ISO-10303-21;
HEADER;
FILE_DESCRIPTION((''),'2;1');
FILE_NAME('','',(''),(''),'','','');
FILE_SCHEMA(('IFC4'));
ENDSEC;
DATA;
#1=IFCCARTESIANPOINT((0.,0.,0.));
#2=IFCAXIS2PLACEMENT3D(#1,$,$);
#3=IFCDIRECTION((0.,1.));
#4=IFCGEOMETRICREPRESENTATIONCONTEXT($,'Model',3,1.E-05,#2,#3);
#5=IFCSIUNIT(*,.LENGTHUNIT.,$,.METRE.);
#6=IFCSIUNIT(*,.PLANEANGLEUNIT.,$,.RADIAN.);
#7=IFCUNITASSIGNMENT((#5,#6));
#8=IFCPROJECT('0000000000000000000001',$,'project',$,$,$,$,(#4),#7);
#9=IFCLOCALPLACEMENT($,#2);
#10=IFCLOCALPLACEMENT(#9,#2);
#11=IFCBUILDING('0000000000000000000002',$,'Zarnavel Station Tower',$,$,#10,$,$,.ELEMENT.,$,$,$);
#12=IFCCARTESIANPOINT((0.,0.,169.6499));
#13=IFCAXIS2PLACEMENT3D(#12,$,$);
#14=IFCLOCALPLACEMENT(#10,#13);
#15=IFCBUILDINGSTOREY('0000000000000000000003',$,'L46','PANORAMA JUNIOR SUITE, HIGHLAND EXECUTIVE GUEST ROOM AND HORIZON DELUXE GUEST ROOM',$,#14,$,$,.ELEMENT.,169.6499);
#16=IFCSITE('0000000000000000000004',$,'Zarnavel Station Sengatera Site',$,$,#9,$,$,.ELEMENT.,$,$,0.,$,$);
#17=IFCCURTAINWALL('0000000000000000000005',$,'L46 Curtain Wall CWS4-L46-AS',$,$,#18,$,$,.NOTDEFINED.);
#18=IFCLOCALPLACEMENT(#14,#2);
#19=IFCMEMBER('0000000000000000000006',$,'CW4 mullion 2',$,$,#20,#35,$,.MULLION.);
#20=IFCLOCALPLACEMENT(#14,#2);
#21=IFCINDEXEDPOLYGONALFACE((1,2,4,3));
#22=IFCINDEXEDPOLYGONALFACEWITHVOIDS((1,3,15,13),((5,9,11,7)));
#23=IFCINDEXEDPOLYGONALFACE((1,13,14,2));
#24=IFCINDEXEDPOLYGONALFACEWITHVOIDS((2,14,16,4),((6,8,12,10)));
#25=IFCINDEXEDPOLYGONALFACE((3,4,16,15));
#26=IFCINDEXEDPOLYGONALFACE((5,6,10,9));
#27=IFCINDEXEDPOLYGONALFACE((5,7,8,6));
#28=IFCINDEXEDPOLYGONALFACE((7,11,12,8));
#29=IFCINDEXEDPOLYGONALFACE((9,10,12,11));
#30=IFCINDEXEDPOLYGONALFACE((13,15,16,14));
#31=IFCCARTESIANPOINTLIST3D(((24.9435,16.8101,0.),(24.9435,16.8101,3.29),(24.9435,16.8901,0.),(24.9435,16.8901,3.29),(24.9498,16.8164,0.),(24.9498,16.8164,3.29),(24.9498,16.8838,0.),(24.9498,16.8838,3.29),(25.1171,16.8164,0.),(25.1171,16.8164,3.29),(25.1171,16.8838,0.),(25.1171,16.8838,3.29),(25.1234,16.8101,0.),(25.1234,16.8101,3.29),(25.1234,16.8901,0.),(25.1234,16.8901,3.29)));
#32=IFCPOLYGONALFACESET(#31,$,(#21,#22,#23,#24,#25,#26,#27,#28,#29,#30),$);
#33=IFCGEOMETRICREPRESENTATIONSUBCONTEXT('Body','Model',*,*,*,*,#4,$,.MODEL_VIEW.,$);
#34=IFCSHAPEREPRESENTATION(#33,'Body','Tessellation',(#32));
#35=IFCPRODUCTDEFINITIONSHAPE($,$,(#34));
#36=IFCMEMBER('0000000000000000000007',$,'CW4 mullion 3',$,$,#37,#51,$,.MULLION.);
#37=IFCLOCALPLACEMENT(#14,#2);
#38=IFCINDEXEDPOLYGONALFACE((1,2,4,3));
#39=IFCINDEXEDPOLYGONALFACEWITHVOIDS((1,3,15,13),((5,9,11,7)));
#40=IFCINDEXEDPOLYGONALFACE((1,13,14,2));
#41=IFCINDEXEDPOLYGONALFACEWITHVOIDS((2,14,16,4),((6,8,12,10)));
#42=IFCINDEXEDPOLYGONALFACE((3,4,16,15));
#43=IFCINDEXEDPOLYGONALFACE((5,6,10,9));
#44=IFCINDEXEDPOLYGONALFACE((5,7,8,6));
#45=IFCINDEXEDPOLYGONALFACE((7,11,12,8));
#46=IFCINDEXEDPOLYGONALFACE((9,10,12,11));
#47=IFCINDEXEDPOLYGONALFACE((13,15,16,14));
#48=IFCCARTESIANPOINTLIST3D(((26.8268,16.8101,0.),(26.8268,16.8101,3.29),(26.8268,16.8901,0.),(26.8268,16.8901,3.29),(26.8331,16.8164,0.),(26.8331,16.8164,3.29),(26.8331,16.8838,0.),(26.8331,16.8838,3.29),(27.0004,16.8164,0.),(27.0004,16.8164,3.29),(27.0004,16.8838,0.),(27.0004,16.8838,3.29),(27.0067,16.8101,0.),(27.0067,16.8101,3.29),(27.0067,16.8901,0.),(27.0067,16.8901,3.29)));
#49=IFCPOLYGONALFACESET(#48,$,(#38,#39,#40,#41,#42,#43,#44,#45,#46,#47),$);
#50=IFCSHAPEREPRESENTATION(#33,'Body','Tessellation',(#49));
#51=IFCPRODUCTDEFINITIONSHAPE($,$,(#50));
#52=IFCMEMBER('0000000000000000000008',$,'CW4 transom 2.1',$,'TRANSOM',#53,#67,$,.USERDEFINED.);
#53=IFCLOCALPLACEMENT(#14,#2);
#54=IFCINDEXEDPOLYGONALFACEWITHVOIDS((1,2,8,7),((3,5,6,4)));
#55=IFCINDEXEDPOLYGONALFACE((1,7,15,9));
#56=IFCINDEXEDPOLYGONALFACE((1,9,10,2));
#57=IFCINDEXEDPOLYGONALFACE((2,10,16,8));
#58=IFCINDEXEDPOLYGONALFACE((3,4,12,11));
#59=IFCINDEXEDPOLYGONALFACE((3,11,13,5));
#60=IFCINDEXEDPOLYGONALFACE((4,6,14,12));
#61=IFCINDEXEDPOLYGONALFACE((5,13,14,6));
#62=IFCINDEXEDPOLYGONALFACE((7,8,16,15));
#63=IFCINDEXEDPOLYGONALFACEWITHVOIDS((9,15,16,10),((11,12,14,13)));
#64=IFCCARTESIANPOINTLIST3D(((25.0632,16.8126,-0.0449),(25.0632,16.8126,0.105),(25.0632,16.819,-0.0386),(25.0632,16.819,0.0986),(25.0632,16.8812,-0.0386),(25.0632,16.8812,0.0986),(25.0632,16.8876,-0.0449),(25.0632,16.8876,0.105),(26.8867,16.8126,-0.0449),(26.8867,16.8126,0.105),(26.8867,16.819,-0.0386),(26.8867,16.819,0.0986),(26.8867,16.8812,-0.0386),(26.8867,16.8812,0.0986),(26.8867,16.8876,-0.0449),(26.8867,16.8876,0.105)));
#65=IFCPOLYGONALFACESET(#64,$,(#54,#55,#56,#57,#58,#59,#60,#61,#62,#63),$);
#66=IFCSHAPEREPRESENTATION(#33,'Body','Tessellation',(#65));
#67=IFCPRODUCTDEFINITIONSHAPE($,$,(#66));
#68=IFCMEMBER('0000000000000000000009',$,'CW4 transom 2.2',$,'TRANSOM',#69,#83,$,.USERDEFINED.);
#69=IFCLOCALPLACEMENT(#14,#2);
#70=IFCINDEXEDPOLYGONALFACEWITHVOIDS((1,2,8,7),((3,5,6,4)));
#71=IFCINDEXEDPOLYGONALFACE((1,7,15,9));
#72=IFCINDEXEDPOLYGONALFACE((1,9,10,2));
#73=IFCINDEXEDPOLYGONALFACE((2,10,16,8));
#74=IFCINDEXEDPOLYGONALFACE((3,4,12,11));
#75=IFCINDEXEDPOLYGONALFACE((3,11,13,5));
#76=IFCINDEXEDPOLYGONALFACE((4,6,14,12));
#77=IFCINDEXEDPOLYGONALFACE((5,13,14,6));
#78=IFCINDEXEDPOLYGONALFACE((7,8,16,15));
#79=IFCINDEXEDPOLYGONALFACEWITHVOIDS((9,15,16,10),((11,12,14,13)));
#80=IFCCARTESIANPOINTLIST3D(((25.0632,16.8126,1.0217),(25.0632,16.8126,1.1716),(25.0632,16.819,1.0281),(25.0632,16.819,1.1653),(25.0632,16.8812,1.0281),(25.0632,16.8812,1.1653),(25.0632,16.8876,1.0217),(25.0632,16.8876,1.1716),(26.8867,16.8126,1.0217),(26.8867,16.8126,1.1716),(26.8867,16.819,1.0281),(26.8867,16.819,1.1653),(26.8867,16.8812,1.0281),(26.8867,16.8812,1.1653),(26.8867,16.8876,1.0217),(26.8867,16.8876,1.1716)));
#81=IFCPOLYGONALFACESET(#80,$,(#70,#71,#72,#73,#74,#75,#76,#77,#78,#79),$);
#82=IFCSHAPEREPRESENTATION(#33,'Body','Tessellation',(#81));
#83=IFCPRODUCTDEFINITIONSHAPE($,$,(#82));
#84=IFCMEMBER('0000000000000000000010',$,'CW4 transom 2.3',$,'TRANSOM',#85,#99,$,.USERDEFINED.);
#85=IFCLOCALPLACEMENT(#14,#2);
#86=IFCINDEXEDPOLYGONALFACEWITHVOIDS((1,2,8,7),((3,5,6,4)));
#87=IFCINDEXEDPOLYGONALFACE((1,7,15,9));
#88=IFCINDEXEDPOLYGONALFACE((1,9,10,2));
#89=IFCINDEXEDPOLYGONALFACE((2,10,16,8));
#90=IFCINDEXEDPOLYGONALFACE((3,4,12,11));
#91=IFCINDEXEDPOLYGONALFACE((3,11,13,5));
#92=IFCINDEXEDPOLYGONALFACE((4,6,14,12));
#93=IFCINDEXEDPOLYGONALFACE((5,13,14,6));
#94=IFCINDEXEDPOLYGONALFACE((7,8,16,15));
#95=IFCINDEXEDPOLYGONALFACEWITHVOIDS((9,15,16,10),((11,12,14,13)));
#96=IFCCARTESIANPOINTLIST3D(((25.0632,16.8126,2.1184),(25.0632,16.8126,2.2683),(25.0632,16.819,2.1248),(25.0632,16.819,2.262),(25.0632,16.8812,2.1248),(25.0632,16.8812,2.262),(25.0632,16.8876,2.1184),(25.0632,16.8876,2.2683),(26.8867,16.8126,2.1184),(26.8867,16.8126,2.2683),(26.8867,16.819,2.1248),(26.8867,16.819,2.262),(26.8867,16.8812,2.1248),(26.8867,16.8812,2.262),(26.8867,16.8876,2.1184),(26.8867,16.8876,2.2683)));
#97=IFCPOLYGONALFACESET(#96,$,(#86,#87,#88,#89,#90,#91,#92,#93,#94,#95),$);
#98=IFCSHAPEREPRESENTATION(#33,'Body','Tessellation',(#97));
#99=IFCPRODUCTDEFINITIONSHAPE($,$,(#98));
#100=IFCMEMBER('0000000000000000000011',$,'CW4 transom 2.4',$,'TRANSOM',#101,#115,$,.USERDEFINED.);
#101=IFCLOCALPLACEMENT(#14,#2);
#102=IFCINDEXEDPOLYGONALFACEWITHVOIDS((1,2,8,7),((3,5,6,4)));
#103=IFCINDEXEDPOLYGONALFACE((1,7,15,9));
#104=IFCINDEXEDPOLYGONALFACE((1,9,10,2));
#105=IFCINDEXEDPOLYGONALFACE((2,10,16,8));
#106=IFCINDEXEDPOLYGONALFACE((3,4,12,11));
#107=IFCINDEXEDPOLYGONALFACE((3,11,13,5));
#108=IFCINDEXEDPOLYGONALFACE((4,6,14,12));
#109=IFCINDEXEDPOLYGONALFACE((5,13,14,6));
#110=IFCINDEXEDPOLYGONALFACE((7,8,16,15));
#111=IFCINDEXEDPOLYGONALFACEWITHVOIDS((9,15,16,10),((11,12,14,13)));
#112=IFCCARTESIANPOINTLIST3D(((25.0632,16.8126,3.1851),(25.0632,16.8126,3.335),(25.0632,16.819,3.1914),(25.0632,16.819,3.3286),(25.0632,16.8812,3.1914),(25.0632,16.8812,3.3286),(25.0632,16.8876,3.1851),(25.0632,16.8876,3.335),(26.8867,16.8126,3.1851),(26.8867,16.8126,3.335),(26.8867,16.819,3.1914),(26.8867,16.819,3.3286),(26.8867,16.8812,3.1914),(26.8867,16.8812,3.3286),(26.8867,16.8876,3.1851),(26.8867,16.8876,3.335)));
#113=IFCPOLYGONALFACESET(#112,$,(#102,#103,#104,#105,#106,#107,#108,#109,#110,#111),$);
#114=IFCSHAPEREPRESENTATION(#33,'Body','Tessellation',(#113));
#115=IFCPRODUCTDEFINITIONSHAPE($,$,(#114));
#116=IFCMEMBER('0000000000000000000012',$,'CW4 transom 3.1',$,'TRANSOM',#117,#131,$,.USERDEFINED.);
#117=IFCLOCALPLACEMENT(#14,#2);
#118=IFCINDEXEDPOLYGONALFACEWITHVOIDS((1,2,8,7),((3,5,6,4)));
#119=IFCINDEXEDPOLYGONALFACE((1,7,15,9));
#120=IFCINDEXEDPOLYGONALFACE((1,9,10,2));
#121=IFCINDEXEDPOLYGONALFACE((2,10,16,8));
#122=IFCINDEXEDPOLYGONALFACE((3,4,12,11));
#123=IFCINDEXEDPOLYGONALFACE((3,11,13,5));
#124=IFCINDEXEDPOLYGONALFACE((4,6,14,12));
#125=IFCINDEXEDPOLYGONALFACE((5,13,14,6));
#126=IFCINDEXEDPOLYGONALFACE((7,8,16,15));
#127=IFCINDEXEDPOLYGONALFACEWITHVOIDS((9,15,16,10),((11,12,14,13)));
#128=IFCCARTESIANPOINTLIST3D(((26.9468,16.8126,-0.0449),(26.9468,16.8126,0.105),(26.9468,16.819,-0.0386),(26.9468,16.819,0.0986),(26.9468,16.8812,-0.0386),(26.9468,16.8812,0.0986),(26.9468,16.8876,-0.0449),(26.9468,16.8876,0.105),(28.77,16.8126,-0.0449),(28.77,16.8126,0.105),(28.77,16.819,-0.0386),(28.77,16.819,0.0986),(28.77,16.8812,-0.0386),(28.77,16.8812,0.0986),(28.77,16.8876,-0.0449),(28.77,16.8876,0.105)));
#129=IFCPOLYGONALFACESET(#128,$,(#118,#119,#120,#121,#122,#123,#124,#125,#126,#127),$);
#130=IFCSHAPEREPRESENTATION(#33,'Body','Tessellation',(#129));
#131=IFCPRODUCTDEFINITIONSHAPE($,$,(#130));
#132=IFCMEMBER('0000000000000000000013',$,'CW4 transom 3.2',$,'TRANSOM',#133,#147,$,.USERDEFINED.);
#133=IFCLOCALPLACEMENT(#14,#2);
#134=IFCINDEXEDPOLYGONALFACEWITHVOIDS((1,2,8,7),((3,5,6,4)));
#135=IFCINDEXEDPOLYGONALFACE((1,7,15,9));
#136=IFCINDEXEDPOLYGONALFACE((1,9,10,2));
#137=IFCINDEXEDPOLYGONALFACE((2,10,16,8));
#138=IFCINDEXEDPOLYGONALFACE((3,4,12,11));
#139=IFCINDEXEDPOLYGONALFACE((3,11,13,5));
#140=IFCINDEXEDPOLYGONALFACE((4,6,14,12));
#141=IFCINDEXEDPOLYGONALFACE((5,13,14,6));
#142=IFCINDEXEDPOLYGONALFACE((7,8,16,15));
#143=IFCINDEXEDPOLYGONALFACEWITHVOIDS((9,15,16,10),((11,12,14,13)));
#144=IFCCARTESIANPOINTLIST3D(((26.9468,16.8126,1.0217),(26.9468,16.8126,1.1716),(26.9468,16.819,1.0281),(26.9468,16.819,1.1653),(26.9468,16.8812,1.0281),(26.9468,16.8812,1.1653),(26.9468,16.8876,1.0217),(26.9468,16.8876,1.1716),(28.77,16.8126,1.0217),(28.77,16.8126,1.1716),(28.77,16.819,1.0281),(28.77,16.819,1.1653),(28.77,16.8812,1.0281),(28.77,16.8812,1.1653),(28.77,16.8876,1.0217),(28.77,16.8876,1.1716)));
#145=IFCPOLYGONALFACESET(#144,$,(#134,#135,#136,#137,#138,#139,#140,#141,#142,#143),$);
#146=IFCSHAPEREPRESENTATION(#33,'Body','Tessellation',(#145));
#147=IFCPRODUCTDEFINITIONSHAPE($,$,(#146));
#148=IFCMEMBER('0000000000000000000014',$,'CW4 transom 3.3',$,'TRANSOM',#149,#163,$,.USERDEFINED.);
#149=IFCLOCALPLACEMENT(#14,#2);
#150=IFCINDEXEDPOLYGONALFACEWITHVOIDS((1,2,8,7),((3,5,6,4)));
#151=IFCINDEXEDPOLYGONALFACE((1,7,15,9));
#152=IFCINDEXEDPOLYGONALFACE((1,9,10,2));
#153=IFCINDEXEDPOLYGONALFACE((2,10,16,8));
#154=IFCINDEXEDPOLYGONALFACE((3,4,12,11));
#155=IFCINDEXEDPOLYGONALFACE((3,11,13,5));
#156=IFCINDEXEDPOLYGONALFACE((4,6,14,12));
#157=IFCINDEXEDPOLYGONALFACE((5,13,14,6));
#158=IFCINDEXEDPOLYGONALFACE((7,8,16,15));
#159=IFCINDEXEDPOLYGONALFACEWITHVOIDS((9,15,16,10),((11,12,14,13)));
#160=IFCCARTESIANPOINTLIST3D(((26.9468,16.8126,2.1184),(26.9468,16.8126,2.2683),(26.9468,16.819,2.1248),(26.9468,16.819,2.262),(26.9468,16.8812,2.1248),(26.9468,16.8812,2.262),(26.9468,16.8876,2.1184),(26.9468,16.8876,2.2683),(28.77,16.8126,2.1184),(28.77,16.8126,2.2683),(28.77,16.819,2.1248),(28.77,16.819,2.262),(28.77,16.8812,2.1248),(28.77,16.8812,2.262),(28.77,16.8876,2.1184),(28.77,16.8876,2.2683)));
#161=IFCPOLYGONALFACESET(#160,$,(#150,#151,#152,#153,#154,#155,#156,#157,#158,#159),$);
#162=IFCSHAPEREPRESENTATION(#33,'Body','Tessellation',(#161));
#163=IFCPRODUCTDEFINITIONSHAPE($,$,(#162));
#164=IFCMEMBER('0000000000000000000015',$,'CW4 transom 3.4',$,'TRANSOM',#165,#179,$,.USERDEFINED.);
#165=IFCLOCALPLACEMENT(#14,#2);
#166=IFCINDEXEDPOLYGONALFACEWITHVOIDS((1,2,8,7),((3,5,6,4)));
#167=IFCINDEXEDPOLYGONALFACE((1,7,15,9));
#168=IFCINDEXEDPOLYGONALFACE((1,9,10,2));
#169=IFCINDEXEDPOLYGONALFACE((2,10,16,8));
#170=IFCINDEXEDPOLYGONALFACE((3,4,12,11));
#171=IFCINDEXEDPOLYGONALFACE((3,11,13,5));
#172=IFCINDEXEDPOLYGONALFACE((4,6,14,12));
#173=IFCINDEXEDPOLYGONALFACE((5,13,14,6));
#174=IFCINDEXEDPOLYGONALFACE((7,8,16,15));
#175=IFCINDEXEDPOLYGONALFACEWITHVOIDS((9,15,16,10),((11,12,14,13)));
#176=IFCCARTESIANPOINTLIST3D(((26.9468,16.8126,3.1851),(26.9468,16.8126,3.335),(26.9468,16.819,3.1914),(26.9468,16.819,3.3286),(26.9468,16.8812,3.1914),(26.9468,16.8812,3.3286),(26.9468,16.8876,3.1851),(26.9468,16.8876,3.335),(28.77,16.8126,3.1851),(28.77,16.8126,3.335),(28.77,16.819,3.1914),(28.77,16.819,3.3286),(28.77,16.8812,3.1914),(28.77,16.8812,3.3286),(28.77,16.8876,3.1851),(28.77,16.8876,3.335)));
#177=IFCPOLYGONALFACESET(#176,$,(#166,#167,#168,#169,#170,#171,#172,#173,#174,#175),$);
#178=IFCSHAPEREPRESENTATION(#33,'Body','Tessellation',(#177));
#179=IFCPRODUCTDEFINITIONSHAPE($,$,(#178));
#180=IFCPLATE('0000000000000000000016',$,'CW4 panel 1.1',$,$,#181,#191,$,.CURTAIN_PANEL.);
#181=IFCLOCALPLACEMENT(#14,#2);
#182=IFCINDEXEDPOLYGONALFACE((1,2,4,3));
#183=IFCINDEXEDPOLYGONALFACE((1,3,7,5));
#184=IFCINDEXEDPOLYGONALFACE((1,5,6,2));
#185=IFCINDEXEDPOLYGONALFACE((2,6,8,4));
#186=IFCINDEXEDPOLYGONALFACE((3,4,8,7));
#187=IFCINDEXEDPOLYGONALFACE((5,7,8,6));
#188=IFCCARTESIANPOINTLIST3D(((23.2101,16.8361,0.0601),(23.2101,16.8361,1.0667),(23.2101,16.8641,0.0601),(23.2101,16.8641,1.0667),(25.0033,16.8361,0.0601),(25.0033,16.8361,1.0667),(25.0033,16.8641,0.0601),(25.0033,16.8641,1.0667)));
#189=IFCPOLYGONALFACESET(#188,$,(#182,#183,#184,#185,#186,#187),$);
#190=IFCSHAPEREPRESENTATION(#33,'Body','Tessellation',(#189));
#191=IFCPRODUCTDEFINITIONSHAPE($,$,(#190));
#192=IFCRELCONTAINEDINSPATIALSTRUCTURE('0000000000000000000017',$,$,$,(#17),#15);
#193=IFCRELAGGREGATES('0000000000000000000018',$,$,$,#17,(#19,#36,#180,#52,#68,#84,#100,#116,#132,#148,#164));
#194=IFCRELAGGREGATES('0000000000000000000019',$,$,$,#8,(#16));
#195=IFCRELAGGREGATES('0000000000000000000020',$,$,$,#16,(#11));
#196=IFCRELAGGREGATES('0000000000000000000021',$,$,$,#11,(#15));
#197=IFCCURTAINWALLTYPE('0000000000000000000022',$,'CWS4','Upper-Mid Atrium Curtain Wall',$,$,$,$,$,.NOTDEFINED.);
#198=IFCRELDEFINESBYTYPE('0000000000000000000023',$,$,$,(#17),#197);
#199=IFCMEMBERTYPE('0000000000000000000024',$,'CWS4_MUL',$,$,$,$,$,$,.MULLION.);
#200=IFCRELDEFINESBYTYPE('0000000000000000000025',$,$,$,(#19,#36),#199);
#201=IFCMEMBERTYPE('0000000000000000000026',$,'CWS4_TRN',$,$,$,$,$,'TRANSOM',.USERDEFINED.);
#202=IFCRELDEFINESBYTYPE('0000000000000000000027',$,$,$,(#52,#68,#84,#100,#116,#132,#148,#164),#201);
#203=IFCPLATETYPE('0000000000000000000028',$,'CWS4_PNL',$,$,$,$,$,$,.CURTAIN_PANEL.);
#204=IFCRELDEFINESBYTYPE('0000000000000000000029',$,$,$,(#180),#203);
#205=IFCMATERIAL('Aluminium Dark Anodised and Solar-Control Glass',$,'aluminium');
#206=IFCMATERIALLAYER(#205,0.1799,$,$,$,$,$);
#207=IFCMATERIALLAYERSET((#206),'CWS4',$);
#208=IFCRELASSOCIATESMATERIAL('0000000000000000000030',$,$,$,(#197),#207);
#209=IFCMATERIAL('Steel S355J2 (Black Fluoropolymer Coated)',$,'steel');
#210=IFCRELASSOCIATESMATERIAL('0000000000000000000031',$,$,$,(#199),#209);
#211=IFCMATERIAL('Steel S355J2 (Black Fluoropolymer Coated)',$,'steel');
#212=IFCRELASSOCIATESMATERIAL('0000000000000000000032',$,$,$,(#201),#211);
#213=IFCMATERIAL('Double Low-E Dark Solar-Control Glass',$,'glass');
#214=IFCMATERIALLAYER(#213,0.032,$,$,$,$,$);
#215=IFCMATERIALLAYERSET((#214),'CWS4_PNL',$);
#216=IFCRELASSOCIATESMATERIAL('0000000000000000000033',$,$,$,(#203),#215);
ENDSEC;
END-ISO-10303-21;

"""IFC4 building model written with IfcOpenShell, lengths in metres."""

from ifc_helpers import new_model, si_unit, direction, frame, origin, origin_2d, place, context, subcontext, project, spatial, rectangle, hollow_rectangle, extrude, material, layer, layer_set, material_profile, profile_set, type_object, element, aggregate, save


model = new_model("IFC4")

# Units and contexts
model_context = context("Model", 3, precision=1e-05, world=origin(), true_north=direction((0.0, 1.0)))
body_context = subcontext(model_context, "Body", "Model", "MODEL_VIEW")
ifc_project = project(units=[si_unit("LENGTHUNIT", "METRE"), si_unit("PLANEANGLEUNIT", "RADIAN")], contexts=[model_context])

# Site, building, storey
site_placement = place(None, origin())
site = spatial("IfcSite", under=ifc_project, at=site_placement, Name="Zarnavel Station Sengatera Site", CompositionType="ELEMENT", RefElevation=0.0)
building_placement = place(site_placement, origin())
building = spatial("IfcBuilding", under=site, at=building_placement, Name="Zarnavel Station Tower", CompositionType="ELEMENT")
storey_placement = place(building_placement, frame((0.0, 0.0, 169.6499)))
storey = spatial("IfcBuildingStorey", under=building, at=storey_placement, Name="L46", Description="PANORAMA JUNIOR SUITE, HIGHLAND EXECUTIVE GUEST ROOM AND HORIZON DELUXE GUEST ROOM", CompositionType="ELEMENT", Elevation=169.6499)

# Curtain wall, members, plate
ifc_material_1 = material(Name="Aluminium Dark Anodised and Solar-Control Glass", Category="aluminium")
ifc_layer_1 = layer(ifc_material_1, 0.1799)
ifc_layer_set_1 = layer_set([ifc_layer_1], Name="CWS4")
curtain_wall_type = type_object("IfcCurtainWallType", Name="CWS4", Description="Upper-Mid Atrium Curtain Wall", PredefinedType="NOTDEFINED", material=ifc_layer_set_1)
curtain_wall_placement = place(storey_placement, origin())
curtain_wall = element("IfcCurtainWall", 1, at=curtain_wall_placement, inside=storey, type_object=curtain_wall_type, Name="L46 Curtain Wall CWS4-L46-AS", PredefinedType="NOTDEFINED")
ifc_material_2 = material(Name="Steel S355J2 (Black Fluoropolymer Coated)", Category="steel")
ifc_material_profile_1 = material_profile(ifc_material_2, hollow_rectangle(XDim=0.0801, YDim=0.1799, WallThickness=0.0063, at=origin_2d()), Name="RHS180x80x6.3")
ifc_profile_set_1 = profile_set([ifc_material_profile_1], Name="Steel S355J2 (Black Fluoropolymer Coated)")
member_type_1 = type_object("IfcMemberType", Name="CWS4_MUL", PredefinedType="MULLION", material=ifc_profile_set_1)
member_1_placement = place(storey_placement, frame((25.0334, 16.8501, 0.0), z_axis=(0.0, 0.0, 1.0), x_axis=(0.0, 1.0, 0.0)))
member_1 = element("IfcMember", 2, at=member_1_placement, type_object=member_type_1, Name="CW4 mullion 2", PredefinedType="MULLION", context=body_context, shape_type="SweptSolid", body=[
    extrude(hollow_rectangle(XDim=0.0801, YDim=0.1799, WallThickness=0.0063, at=origin_2d()), origin(), (0.0, 0.0, 1.0), 3.29),
])
member_2_placement = place(storey_placement, frame((26.9167, 16.8501, 0.0), z_axis=(0.0, 0.0, 1.0), x_axis=(0.0, 1.0, 0.0)))
member_2 = element("IfcMember", 3, at=member_2_placement, type_object=member_type_1, Name="CW4 mullion 3", PredefinedType="MULLION", context=body_context, shape_type="SweptSolid", body=[
    extrude(hollow_rectangle(XDim=0.0801, YDim=0.1799, WallThickness=0.0063, at=origin_2d()), origin(), (0.0, 0.0, 1.0), 3.29),
])
ifc_material_3 = material(Name="Steel S355J2 (Black Fluoropolymer Coated)", Category="steel")
ifc_material_profile_2 = material_profile(ifc_material_3, hollow_rectangle(XDim=0.075, YDim=0.1499, WallThickness=0.0063, at=origin_2d()), Name="RHS150x75x6.3")
ifc_profile_set_2 = profile_set([ifc_material_profile_2], Name="Steel S355J2 (Black Fluoropolymer Coated)")
member_type_2 = type_object("IfcMemberType", Name="CWS4_TRN", ElementType="TRANSOM", PredefinedType="USERDEFINED", material=ifc_profile_set_2)
member_3_placement = place(storey_placement, frame((25.0632, 16.8501, 0.03), z_axis=(1.0, 0.0, 0.0), x_axis=(0.0, 1.0, 0.0)))
member_3 = element("IfcMember", 4, at=member_3_placement, type_object=member_type_2, Name="CW4 transom 2.1", ObjectType="TRANSOM", PredefinedType="USERDEFINED", context=body_context, shape_type="SweptSolid", body=[
    extrude(hollow_rectangle(XDim=0.075, YDim=0.1499, WallThickness=0.0063, at=origin_2d()), origin(), (0.0, 0.0, 1.0), 1.8235),
])
member_4_placement = place(storey_placement, frame((25.0632, 16.8501, 1.0967), z_axis=(1.0, 0.0, 0.0), x_axis=(0.0, 1.0, 0.0)))
member_4 = element("IfcMember", 5, at=member_4_placement, type_object=member_type_2, Name="CW4 transom 2.2", ObjectType="TRANSOM", PredefinedType="USERDEFINED", context=body_context, shape_type="SweptSolid", body=[
    extrude(hollow_rectangle(XDim=0.075, YDim=0.1499, WallThickness=0.0063, at=origin_2d()), origin(), (0.0, 0.0, 1.0), 1.8235),
])
member_5_placement = place(storey_placement, frame((25.0632, 16.8501, 2.1934), z_axis=(1.0, 0.0, 0.0), x_axis=(0.0, 1.0, 0.0)))
member_5 = element("IfcMember", 6, at=member_5_placement, type_object=member_type_2, Name="CW4 transom 2.3", ObjectType="TRANSOM", PredefinedType="USERDEFINED", context=body_context, shape_type="SweptSolid", body=[
    extrude(hollow_rectangle(XDim=0.075, YDim=0.1499, WallThickness=0.0063, at=origin_2d()), origin(), (0.0, 0.0, 1.0), 1.8235),
])
member_6_placement = place(storey_placement, frame((25.0632, 16.8501, 3.26), z_axis=(1.0, 0.0, 0.0), x_axis=(0.0, 1.0, 0.0)))
member_6 = element("IfcMember", 7, at=member_6_placement, type_object=member_type_2, Name="CW4 transom 2.4", ObjectType="TRANSOM", PredefinedType="USERDEFINED", context=body_context, shape_type="SweptSolid", body=[
    extrude(hollow_rectangle(XDim=0.075, YDim=0.1499, WallThickness=0.0063, at=origin_2d()), origin(), (0.0, 0.0, 1.0), 1.8235),
])
member_7_placement = place(storey_placement, frame((26.9468, 16.8501, 0.03), z_axis=(1.0, 0.0, 0.0), x_axis=(0.0, 1.0, 0.0)))
member_7 = element("IfcMember", 8, at=member_7_placement, type_object=member_type_2, Name="CW4 transom 3.1", ObjectType="TRANSOM", PredefinedType="USERDEFINED", context=body_context, shape_type="SweptSolid", body=[
    extrude(hollow_rectangle(XDim=0.075, YDim=0.1499, WallThickness=0.0063, at=origin_2d()), origin(), (0.0, 0.0, 1.0), 1.8232),
])
member_8_placement = place(storey_placement, frame((26.9468, 16.8501, 1.0967), z_axis=(1.0, 0.0, 0.0), x_axis=(0.0, 1.0, 0.0)))
member_8 = element("IfcMember", 9, at=member_8_placement, type_object=member_type_2, Name="CW4 transom 3.2", ObjectType="TRANSOM", PredefinedType="USERDEFINED", context=body_context, shape_type="SweptSolid", body=[
    extrude(hollow_rectangle(XDim=0.075, YDim=0.1499, WallThickness=0.0063, at=origin_2d()), origin(), (0.0, 0.0, 1.0), 1.8232),
])
member_9_placement = place(storey_placement, frame((26.9468, 16.8501, 2.1934), z_axis=(1.0, 0.0, 0.0), x_axis=(0.0, 1.0, 0.0)))
member_9 = element("IfcMember", 10, at=member_9_placement, type_object=member_type_2, Name="CW4 transom 3.3", ObjectType="TRANSOM", PredefinedType="USERDEFINED", context=body_context, shape_type="SweptSolid", body=[
    extrude(hollow_rectangle(XDim=0.075, YDim=0.1499, WallThickness=0.0063, at=origin_2d()), origin(), (0.0, 0.0, 1.0), 1.8232),
])
member_10_placement = place(storey_placement, frame((26.9468, 16.8501, 3.26), z_axis=(1.0, 0.0, 0.0), x_axis=(0.0, 1.0, 0.0)))
member_10 = element("IfcMember", 11, at=member_10_placement, type_object=member_type_2, Name="CW4 transom 3.4", ObjectType="TRANSOM", PredefinedType="USERDEFINED", context=body_context, shape_type="SweptSolid", body=[
    extrude(hollow_rectangle(XDim=0.075, YDim=0.1499, WallThickness=0.0063, at=origin_2d()), origin(), (0.0, 0.0, 1.0), 1.8232),
])
ifc_material_4 = material(Name="Double Low-E Dark Solar-Control Glass", Category="glass")
ifc_layer_2 = layer(ifc_material_4, 0.032)
ifc_layer_set_2 = layer_set([ifc_layer_2], Name="CWS4_PNL")
plate_type = type_object("IfcPlateType", Name="CWS4_PNL", PredefinedType="CURTAIN_PANEL", material=ifc_layer_set_2)
plate_1_placement = place(storey_placement, frame((24.1067, 16.8501, 0.0601), z_axis=(0.0, 0.0, 1.0), x_axis=(1.0, 0.0, 0.0)))
plate_1 = element("IfcPlate", 12, at=plate_1_placement, type_object=plate_type, Name="CW4 panel 1.1", PredefinedType="CURTAIN_PANEL", context=body_context, shape_type="SweptSolid", body=[
    extrude(rectangle(XDim=1.7932, YDim=0.0281, at=origin_2d()), origin(), (0.0, 0.0, 1.0), 1.0066),
])
aggregate(curtain_wall, [member_1, member_2, plate_1, member_3, member_4, member_5, member_6, member_7, member_8, member_9, member_10])

save(model, "model.ifc")
